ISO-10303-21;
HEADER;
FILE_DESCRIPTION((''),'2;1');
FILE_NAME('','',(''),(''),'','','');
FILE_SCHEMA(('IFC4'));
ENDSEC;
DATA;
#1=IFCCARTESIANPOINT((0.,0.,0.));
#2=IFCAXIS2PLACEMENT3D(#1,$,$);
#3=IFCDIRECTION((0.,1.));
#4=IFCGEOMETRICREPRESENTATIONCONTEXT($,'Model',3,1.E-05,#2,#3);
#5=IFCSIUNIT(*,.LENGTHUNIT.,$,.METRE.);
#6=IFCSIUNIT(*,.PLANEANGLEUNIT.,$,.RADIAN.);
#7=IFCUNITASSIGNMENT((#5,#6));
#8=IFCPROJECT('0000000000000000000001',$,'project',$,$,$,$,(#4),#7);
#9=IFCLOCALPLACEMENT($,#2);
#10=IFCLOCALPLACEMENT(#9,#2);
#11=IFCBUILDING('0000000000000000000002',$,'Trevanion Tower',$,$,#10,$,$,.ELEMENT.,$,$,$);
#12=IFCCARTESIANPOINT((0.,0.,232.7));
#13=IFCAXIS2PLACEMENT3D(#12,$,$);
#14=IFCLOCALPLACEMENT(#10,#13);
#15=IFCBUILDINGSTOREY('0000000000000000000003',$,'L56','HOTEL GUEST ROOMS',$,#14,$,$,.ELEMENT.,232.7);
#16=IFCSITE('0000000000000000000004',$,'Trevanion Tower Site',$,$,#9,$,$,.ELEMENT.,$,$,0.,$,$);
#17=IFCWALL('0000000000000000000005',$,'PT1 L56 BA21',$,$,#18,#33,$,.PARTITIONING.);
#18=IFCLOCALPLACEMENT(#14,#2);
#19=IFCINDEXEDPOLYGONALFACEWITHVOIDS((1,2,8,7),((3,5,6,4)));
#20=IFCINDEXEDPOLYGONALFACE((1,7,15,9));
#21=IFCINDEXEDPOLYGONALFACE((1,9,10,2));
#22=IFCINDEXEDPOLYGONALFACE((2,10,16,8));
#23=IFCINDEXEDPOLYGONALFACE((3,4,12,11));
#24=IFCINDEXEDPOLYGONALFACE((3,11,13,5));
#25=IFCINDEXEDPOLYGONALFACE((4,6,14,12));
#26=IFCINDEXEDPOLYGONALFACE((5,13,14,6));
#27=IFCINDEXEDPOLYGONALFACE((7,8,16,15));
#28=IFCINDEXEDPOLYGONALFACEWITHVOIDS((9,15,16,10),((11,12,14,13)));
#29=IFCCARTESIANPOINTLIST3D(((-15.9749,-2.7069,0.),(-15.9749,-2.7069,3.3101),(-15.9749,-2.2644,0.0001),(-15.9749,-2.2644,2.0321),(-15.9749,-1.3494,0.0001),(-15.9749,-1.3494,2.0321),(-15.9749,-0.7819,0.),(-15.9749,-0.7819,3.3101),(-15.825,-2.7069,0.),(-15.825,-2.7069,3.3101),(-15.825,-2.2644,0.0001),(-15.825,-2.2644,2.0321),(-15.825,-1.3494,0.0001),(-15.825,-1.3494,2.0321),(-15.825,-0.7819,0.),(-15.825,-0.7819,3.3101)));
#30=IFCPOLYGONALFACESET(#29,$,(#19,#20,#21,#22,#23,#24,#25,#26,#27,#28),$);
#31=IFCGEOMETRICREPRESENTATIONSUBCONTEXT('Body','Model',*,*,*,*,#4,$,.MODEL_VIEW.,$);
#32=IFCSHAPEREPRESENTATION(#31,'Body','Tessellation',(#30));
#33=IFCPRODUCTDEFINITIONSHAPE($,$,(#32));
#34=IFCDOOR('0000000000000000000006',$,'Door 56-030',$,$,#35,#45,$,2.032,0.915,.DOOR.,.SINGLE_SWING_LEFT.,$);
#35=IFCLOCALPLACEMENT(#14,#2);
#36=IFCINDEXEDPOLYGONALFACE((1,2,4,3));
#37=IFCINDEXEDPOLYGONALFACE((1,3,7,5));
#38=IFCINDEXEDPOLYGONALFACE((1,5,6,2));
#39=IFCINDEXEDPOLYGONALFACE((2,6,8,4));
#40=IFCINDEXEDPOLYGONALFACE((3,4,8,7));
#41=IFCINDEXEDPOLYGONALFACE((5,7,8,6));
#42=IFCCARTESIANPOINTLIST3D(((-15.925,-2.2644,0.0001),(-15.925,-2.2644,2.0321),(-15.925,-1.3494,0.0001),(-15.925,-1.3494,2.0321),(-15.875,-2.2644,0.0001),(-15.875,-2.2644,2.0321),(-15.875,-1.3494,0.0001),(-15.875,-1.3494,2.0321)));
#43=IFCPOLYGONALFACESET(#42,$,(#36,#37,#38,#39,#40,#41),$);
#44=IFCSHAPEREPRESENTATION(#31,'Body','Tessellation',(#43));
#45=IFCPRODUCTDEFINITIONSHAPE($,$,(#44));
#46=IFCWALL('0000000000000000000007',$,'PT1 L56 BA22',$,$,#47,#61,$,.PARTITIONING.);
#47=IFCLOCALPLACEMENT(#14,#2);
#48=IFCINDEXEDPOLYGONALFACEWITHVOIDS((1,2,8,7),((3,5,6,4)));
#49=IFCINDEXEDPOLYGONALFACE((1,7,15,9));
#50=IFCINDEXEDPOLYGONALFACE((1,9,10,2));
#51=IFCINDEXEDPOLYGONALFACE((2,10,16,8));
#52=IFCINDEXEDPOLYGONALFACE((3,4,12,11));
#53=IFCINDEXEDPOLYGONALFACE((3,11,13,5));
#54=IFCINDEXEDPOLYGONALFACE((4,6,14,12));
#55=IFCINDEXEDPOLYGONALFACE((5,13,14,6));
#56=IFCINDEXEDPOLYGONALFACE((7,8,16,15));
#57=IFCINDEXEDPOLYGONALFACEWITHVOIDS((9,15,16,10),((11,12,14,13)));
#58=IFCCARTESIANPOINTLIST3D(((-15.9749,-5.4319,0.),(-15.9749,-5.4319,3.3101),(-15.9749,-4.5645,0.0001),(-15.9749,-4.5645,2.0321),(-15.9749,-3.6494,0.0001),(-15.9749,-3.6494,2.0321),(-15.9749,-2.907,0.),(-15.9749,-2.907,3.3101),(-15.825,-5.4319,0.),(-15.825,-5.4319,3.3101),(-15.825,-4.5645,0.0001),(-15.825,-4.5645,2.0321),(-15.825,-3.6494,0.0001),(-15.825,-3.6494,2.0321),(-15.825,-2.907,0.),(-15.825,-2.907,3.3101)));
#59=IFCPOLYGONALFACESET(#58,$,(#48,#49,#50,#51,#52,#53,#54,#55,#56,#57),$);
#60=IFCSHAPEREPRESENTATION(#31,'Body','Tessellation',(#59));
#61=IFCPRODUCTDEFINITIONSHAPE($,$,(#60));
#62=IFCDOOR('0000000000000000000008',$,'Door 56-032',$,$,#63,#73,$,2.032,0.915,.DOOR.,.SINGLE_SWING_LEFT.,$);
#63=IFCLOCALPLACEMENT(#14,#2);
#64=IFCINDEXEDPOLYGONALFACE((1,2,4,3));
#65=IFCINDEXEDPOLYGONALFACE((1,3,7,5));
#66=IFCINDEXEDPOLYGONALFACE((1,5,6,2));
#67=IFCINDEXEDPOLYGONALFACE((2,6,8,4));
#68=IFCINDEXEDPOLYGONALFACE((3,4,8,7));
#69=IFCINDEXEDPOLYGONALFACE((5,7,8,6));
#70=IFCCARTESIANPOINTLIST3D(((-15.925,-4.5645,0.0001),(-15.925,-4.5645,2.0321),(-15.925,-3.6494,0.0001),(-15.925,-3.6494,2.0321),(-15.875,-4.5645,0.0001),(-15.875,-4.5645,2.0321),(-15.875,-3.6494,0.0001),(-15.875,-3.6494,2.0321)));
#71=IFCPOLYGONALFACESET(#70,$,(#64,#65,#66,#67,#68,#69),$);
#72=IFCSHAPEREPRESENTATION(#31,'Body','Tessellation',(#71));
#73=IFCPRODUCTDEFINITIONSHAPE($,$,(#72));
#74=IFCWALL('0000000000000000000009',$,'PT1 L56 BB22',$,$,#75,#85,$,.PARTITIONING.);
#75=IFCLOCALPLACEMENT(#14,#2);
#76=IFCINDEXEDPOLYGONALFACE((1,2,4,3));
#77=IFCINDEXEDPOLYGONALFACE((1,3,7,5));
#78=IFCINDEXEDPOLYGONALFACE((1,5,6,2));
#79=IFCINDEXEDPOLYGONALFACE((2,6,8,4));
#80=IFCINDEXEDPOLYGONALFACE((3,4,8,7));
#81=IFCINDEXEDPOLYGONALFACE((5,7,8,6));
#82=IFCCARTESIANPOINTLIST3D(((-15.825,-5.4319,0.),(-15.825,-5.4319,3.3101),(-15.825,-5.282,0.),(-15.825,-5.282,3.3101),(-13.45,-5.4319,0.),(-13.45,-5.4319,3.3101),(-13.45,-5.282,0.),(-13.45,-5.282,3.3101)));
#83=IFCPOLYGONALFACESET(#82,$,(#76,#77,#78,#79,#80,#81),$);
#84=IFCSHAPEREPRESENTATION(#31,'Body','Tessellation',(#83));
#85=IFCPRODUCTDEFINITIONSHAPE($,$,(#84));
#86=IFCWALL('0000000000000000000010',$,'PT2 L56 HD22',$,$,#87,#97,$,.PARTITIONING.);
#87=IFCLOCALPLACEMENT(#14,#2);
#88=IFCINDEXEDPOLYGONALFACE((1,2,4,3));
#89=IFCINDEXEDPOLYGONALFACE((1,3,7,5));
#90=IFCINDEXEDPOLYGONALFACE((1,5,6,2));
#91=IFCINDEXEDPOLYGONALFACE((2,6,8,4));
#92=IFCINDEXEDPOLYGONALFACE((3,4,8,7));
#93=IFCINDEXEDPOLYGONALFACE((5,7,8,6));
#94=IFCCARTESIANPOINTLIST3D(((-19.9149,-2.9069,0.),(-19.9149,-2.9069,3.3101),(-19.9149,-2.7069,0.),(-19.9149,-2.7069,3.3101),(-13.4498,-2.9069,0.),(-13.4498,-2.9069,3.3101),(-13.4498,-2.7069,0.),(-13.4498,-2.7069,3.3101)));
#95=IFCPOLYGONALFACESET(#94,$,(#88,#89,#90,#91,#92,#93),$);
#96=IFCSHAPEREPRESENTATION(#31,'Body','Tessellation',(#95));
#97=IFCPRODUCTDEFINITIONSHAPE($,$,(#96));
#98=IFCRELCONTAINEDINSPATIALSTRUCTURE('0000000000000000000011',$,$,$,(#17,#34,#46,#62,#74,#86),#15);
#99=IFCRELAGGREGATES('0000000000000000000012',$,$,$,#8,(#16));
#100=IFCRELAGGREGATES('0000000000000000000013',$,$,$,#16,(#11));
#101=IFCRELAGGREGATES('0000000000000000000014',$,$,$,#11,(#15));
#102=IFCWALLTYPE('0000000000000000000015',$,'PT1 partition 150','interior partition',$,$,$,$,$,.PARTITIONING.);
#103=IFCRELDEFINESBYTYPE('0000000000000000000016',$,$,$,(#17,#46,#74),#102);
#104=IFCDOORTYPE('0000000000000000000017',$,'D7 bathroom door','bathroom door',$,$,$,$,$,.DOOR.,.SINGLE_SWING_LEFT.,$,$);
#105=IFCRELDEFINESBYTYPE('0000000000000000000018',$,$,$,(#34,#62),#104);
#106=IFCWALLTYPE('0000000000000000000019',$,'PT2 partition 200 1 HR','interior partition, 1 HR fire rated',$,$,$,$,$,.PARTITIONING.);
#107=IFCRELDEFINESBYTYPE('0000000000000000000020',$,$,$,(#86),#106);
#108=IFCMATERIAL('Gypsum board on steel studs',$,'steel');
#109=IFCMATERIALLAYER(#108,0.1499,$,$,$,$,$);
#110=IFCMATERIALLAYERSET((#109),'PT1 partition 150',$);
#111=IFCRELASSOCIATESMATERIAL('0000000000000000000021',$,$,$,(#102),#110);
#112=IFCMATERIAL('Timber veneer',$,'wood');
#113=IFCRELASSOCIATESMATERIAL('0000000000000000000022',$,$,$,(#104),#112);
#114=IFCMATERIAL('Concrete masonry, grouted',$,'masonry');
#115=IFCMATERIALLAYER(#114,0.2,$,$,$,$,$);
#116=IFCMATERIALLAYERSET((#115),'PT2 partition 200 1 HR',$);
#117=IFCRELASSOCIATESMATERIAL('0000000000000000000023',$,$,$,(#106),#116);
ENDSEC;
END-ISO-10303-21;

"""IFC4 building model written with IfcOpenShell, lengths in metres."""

from ifc_helpers import new_model, si_unit, direction, frame, frame_2d, origin, place, context, subcontext, project, spatial, rectangle, extrude, material, layer, layer_set, type_object, element, fill, save


model = new_model("IFC4")

# Units and contexts
model_context = context("Model", 3, precision=1e-05, world=origin(), true_north=direction((0.0, 1.0)))
body_context = subcontext(model_context, "Body", "Model", "MODEL_VIEW")
ifc_project = project(units=[si_unit("LENGTHUNIT", "METRE"), si_unit("PLANEANGLEUNIT", "RADIAN")], contexts=[model_context])

# Site, building, storey
site_placement = place(None, origin())
site = spatial("IfcSite", under=ifc_project, at=site_placement, Name="Trevanion Tower Site", CompositionType="ELEMENT", RefElevation=0.0)
building_placement = place(site_placement, origin())
building = spatial("IfcBuilding", under=site, at=building_placement, Name="Trevanion Tower", CompositionType="ELEMENT")
storey_placement = place(building_placement, frame((0.0, 0.0, 232.7)))
storey = spatial("IfcBuildingStorey", under=building, at=storey_placement, Name="L56", Description="HOTEL GUEST ROOMS", CompositionType="ELEMENT", Elevation=232.7)

# Walls, openings, doors
ifc_material_1 = material(Name="Gypsum board on steel studs", Category="steel")
ifc_layer_1 = layer(ifc_material_1, 0.1499)
ifc_layer_set_1 = layer_set([ifc_layer_1], Name="PT1 partition 150")
wall_type_1 = type_object("IfcWallType", Name="PT1 partition 150", Description="interior partition", PredefinedType="PARTITIONING", material=ifc_layer_set_1)
wall_1_placement = place(storey_placement, frame((-15.8999, -0.782, 0.0), z_axis=(0.0, 0.0, 1.0), x_axis=(0.0, -1.0, 0.0)))
wall_1 = element("IfcWall", 1, at=wall_1_placement, inside=storey, type_object=wall_type_1, Name="PT1 L56 BA21", PredefinedType="PARTITIONING", context=body_context, shape_type="SweptSolid", body=[
    extrude(rectangle(XDim=1.925, YDim=0.1499, at=frame_2d((0.9624, 0.0))), origin(), (0.0, 0.0, 1.0), 3.3101),
])
opening_1_placement = place(wall_1_placement, frame((0.5674, 0.0, 0.0)))
opening_1 = element("IfcOpeningElement", 2, at=opening_1_placement, cuts=wall_1, PredefinedType="OPENING", context=body_context, shape_type="SweptSolid", body=[
    extrude(rectangle(XDim=0.915, YDim=2.032, at=frame_2d((0.4575, 1.0161))), frame((0.0, 0.085, 0.0), z_axis=(0.0, -1.0, 0.0), x_axis=(1.0, 0.0, 0.0)), (0.0, 0.0, 1.0), 0.1699),
])
ifc_material_2 = material(Name="Timber veneer", Category="wood")
door_type = type_object("IfcDoorType", Name="D7 bathroom door", Description="bathroom door", OperationType="SINGLE_SWING_LEFT", PredefinedType="DOOR", material=ifc_material_2)
door_1_placement = place(opening_1_placement, origin())
door_1 = element("IfcDoor", 3, at=door_1_placement, inside=storey, type_object=door_type, Name="Door 56-030", OperationType="SINGLE_SWING_LEFT", OverallHeight=2.032, OverallWidth=0.915, PredefinedType="DOOR", context=body_context, shape_type="SweptSolid", body=[
    extrude(rectangle(XDim=0.915, YDim=2.032, at=frame_2d((0.4575, 1.0161))), frame((0.0, 0.0249, 0.0), z_axis=(0.0, -1.0, 0.0), x_axis=(1.0, 0.0, 0.0)), (0.0, 0.0, 1.0), 0.05),
])
fill(opening_1, door_1)
wall_2_placement = place(storey_placement, frame((-15.8999, -2.907, 0.0), z_axis=(0.0, 0.0, 1.0), x_axis=(0.0, -1.0, 0.0)))
wall_2 = element("IfcWall", 4, at=wall_2_placement, inside=storey, type_object=wall_type_1, Name="PT1 L56 BA22", PredefinedType="PARTITIONING", context=body_context, shape_type="SweptSolid", body=[
    extrude(rectangle(XDim=2.5249, YDim=0.1499, at=frame_2d((1.2625, 0.0))), origin(), (0.0, 0.0, 1.0), 3.3101),
])
opening_2_placement = place(wall_2_placement, frame((0.7424, 0.0, 0.0)))
opening_2 = element("IfcOpeningElement", 5, at=opening_2_placement, cuts=wall_2, PredefinedType="OPENING", context=body_context, shape_type="SweptSolid", body=[
    extrude(rectangle(XDim=0.915, YDim=2.032, at=frame_2d((0.4575, 1.0161))), frame((0.0, 0.085, 0.0), z_axis=(0.0, -1.0, 0.0), x_axis=(1.0, 0.0, 0.0)), (0.0, 0.0, 1.0), 0.1699),
])
door_2_placement = place(opening_2_placement, origin())
door_2 = element("IfcDoor", 6, at=door_2_placement, inside=storey, type_object=door_type, Name="Door 56-032", OperationType="SINGLE_SWING_LEFT", OverallHeight=2.032, OverallWidth=0.915, PredefinedType="DOOR", context=body_context, shape_type="SweptSolid", body=[
    extrude(rectangle(XDim=0.915, YDim=2.032, at=frame_2d((0.4575, 1.0161))), frame((0.0, 0.0249, 0.0), z_axis=(0.0, -1.0, 0.0), x_axis=(1.0, 0.0, 0.0)), (0.0, 0.0, 1.0), 0.05),
])
fill(opening_2, door_2)

# Walls
wall_3_placement = place(storey_placement, frame((-13.45, -5.3569, 0.0), z_axis=(0.0, 0.0, 1.0), x_axis=(-1.0, 0.0, 0.0)))
element("IfcWall", 7, at=wall_3_placement, inside=storey, type_object=wall_type_1, Name="PT1 L56 BB22", PredefinedType="PARTITIONING", context=body_context, shape_type="SweptSolid", body=[
    extrude(rectangle(XDim=2.375, YDim=0.1499, at=frame_2d((1.1875, 0.0))), origin(), (0.0, 0.0, 1.0), 3.3101),
])
ifc_material_3 = material(Name="Concrete masonry, grouted", Category="masonry")
ifc_layer_2 = layer(ifc_material_3, 0.2)
ifc_layer_set_2 = layer_set([ifc_layer_2], Name="PT2 partition 200 1 HR")
wall_type_2 = type_object("IfcWallType", Name="PT2 partition 200 1 HR", Description="interior partition, 1 HR fire rated", PredefinedType="PARTITIONING", material=ifc_layer_set_2)
wall_4_placement = place(storey_placement, frame((-13.45, -2.8069, 0.0), z_axis=(0.0, 0.0, 1.0), x_axis=(-1.0, 0.0, 0.0)))
element("IfcWall", 8, at=wall_4_placement, inside=storey, type_object=wall_type_2, Name="PT2 L56 HD22", PredefinedType="PARTITIONING", context=body_context, shape_type="SweptSolid", body=[
    extrude(rectangle(XDim=6.4651, YDim=0.2, at=frame_2d((3.2324, 0.0))), origin(), (0.0, 0.0, 1.0), 3.3101),
])

save(model, "model.ifc")
